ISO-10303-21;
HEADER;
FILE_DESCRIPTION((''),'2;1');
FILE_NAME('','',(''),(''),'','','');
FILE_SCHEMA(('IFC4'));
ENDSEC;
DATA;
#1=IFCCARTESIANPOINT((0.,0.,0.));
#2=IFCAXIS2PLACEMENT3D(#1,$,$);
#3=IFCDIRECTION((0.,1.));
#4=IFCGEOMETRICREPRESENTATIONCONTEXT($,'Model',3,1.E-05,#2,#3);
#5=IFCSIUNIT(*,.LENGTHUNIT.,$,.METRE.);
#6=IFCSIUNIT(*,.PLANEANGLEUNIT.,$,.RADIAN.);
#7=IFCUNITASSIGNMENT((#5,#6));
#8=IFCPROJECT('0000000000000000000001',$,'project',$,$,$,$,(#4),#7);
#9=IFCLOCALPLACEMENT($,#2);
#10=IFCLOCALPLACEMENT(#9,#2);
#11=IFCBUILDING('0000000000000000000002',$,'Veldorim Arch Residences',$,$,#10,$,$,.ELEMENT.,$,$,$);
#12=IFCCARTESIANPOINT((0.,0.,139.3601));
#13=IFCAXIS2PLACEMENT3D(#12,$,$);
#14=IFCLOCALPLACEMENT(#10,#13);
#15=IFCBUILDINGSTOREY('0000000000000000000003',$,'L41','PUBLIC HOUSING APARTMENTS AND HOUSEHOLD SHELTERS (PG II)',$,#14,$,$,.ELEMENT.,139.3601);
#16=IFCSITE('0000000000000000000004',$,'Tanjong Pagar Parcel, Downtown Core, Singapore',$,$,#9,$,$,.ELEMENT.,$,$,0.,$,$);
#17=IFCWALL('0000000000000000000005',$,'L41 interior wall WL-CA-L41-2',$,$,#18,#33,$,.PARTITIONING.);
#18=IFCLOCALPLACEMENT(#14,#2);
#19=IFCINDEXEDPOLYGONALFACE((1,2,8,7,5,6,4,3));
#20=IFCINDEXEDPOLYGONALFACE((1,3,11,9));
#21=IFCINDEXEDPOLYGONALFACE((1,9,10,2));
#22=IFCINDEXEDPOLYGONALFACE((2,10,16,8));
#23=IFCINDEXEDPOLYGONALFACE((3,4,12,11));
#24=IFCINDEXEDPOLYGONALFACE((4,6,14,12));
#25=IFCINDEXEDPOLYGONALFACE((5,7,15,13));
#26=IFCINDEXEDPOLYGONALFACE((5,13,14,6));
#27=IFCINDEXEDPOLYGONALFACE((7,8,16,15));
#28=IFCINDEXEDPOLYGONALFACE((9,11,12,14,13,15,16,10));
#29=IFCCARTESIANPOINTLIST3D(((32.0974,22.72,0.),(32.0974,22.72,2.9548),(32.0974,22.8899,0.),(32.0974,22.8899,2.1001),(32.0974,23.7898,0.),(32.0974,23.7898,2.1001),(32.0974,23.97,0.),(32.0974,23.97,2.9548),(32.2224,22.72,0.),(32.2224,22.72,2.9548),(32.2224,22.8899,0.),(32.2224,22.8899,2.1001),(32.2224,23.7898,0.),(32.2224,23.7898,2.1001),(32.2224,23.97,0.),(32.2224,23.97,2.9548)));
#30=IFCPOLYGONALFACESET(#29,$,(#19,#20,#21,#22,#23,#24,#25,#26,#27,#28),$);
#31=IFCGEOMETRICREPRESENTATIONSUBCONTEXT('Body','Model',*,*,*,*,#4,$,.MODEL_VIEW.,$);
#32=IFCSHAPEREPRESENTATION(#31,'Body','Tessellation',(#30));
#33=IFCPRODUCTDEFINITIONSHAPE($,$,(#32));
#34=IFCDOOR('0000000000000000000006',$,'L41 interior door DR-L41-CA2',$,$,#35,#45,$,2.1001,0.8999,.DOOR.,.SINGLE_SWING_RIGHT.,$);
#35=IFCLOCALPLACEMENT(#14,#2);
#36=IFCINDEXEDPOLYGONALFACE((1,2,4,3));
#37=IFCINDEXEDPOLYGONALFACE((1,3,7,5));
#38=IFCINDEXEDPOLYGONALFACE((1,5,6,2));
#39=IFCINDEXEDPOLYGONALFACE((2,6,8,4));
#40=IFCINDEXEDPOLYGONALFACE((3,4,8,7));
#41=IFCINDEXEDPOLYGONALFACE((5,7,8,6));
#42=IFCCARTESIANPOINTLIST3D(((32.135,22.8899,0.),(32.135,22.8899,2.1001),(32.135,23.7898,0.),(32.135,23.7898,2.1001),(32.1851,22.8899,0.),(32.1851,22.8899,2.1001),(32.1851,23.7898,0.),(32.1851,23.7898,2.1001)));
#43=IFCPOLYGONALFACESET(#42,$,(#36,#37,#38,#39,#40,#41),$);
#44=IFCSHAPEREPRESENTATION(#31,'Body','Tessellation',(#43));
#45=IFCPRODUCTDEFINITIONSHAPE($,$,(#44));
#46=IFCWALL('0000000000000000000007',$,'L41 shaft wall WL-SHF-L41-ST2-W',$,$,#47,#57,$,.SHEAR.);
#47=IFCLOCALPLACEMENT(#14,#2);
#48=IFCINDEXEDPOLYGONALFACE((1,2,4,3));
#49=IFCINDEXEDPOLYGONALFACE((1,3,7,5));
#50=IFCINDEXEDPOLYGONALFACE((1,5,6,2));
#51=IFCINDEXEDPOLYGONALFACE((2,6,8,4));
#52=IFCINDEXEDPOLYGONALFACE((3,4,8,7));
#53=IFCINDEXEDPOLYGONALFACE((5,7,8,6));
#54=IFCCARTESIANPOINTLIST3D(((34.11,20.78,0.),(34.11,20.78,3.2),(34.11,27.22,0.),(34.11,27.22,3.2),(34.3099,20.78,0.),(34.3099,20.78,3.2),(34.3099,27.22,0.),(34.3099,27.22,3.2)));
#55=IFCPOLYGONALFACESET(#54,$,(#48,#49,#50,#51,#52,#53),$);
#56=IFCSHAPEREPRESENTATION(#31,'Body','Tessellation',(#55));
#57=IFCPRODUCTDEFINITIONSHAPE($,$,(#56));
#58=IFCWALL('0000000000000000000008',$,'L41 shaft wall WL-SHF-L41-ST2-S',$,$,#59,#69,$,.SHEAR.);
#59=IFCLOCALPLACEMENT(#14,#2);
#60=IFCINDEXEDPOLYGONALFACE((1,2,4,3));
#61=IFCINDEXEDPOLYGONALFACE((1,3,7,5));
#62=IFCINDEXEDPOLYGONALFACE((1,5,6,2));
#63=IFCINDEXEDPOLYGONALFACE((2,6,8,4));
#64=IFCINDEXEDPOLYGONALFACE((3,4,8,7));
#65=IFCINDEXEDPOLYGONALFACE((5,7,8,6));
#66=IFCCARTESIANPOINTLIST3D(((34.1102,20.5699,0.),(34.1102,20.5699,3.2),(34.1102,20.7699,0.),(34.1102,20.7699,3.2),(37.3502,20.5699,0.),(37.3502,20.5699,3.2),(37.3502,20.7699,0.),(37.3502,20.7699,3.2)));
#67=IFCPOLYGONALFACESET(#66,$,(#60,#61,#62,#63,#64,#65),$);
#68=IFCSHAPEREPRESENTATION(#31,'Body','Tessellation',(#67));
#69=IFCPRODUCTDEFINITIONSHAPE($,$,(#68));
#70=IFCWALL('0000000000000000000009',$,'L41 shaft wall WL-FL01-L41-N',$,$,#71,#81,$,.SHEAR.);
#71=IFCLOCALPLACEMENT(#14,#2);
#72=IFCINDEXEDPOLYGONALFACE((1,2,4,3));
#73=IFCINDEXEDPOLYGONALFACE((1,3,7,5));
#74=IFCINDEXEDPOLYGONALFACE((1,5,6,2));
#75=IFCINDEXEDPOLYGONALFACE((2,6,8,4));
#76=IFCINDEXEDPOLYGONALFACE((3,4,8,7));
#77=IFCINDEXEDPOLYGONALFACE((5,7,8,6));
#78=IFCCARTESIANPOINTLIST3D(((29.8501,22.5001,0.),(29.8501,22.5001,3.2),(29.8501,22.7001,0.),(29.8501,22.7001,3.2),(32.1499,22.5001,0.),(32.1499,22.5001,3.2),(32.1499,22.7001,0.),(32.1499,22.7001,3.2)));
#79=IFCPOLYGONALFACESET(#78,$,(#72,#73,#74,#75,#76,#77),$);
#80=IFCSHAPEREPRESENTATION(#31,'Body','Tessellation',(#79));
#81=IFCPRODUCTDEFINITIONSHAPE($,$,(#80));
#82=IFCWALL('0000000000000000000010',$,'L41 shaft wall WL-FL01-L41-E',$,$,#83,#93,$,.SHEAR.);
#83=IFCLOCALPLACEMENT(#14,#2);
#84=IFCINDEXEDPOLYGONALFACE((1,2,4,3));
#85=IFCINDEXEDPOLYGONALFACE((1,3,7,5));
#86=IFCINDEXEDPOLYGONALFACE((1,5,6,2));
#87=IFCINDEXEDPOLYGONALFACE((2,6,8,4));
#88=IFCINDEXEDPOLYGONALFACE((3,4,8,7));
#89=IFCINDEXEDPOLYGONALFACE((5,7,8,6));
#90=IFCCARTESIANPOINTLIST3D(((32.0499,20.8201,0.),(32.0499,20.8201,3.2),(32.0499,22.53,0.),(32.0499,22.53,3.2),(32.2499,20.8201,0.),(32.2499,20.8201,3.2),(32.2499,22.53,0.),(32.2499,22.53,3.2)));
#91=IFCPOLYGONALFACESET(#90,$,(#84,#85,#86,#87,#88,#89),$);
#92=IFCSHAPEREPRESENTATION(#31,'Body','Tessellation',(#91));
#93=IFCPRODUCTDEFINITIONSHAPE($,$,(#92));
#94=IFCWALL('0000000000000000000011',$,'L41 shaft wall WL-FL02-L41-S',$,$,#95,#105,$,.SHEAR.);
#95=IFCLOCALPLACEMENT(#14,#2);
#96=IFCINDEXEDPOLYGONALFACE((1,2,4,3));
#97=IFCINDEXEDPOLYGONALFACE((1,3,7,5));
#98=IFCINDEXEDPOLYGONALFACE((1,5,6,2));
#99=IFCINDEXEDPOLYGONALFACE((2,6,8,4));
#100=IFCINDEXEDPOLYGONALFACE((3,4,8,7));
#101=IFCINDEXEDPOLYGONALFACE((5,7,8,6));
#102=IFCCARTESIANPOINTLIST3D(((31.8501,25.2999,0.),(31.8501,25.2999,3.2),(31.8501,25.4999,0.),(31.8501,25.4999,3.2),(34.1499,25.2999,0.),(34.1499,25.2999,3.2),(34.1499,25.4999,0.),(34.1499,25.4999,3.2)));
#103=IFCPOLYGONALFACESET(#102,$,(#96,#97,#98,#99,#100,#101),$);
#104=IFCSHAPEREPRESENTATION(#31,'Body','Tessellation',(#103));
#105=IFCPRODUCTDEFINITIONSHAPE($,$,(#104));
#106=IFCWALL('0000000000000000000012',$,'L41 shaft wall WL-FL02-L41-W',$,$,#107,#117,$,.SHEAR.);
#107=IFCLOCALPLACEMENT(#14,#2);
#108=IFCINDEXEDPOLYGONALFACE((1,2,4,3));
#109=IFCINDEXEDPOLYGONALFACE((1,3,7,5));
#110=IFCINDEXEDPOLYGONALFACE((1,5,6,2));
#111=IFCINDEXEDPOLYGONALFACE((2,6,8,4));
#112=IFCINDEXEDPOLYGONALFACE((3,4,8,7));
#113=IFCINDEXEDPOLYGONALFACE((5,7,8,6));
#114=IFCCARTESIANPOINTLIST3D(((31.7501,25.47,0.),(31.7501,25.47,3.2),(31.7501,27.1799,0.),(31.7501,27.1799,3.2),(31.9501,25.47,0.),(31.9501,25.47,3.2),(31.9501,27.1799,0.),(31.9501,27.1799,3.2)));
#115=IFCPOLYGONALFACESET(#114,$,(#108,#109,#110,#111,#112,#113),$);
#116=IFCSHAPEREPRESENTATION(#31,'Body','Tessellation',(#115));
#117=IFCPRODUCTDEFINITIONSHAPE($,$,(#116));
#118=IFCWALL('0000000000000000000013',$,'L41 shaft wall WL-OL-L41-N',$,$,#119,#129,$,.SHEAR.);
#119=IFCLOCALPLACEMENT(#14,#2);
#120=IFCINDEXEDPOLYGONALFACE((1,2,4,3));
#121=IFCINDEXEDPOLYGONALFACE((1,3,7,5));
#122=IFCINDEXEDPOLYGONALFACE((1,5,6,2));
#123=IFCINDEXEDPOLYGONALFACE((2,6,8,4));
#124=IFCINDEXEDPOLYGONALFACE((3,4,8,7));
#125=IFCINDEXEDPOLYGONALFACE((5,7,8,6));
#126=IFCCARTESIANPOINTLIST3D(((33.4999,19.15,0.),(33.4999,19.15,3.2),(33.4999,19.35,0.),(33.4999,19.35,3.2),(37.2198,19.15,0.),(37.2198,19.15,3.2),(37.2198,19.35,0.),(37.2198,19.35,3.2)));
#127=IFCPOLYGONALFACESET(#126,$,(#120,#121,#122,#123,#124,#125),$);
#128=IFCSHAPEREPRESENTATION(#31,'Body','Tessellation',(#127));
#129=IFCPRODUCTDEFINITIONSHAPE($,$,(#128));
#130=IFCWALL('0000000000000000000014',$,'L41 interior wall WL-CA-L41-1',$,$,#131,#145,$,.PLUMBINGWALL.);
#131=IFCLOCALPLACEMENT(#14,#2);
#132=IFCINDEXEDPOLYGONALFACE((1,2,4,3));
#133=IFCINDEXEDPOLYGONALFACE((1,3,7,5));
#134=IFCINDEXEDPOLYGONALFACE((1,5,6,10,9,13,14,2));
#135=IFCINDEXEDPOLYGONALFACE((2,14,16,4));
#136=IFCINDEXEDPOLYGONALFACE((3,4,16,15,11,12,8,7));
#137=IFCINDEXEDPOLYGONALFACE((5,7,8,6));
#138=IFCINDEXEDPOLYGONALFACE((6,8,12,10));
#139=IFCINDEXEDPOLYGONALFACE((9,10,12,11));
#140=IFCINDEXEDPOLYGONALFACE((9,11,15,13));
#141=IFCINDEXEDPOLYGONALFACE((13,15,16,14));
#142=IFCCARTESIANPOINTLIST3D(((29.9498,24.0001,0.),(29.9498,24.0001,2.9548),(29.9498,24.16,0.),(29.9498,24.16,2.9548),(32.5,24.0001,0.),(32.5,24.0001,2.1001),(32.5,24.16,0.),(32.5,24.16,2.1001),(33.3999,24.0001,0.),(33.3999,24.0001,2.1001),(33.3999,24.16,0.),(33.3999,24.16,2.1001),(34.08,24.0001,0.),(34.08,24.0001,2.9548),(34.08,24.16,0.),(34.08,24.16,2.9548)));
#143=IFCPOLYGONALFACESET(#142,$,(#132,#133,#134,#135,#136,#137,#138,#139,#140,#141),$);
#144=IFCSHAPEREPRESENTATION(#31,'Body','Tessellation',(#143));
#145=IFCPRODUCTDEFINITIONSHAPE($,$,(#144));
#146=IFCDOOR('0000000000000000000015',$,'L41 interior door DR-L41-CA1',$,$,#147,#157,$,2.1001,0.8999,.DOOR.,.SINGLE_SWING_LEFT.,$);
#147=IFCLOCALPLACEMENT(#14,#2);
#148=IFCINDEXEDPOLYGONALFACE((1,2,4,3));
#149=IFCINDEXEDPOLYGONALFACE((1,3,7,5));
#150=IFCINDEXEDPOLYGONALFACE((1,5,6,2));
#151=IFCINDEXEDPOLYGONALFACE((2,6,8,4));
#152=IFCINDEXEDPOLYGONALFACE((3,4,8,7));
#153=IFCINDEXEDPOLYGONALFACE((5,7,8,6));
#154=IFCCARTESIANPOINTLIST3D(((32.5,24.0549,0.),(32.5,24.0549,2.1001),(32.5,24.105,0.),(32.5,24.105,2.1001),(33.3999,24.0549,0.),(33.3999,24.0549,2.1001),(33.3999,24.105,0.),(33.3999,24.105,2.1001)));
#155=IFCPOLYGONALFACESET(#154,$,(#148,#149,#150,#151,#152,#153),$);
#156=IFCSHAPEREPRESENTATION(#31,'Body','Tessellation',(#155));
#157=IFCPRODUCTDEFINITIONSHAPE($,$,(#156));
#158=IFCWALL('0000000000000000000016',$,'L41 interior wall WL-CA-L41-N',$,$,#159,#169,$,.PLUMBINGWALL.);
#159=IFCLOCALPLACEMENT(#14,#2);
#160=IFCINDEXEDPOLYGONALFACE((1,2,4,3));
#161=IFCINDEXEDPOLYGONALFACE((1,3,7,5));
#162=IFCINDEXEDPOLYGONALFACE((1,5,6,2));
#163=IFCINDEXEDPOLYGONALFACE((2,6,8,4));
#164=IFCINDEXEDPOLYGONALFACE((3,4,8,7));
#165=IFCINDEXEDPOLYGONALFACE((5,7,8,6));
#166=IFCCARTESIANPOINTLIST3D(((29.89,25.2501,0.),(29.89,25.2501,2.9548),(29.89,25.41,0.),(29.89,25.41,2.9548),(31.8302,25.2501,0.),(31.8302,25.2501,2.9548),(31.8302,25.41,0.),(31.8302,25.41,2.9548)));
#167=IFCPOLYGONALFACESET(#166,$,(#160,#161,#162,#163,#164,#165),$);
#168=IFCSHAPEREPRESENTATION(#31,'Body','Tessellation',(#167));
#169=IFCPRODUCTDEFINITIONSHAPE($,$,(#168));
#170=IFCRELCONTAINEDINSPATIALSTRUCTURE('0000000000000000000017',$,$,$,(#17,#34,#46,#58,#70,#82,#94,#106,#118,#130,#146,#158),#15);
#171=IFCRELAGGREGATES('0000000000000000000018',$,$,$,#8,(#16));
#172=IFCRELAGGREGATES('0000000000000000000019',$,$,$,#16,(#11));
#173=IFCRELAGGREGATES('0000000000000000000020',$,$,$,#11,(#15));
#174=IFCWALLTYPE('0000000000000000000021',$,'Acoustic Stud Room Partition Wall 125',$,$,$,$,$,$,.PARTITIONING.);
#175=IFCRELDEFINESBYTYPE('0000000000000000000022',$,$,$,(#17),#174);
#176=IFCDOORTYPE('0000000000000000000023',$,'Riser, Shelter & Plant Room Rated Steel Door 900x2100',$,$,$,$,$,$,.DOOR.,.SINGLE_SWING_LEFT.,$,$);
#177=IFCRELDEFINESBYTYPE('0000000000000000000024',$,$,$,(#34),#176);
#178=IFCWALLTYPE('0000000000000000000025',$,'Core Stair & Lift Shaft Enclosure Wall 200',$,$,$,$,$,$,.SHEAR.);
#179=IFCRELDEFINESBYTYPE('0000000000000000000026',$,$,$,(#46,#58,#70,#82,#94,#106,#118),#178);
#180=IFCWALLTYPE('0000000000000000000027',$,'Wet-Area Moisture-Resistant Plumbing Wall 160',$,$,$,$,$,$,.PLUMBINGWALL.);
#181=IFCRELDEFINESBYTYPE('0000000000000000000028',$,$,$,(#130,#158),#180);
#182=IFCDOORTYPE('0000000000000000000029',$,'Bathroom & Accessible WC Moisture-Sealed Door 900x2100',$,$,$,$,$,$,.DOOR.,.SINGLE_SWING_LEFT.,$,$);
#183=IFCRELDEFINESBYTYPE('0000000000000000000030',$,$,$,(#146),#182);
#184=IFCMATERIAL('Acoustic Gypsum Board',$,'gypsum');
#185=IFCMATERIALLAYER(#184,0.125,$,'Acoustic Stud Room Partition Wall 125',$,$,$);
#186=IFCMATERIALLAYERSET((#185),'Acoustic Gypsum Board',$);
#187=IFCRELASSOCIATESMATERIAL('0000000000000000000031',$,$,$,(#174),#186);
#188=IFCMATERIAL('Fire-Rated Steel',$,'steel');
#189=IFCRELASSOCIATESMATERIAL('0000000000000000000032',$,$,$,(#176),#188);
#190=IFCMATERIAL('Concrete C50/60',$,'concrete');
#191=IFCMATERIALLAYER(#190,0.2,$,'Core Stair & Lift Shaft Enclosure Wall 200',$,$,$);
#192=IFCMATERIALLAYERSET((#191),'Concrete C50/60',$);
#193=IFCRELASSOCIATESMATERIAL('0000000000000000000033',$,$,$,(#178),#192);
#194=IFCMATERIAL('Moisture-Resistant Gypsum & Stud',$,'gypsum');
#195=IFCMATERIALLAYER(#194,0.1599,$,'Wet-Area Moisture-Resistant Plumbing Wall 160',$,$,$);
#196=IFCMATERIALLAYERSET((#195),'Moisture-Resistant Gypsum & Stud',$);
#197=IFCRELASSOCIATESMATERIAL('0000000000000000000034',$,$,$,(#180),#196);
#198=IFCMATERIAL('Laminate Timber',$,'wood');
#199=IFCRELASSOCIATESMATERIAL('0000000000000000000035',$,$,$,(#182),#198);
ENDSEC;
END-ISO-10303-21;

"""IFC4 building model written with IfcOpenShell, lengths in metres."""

from ifc_helpers import new_model, si_unit, direction, frame, frame_2d, origin, place, context, subcontext, project, spatial, rectangle, extrude, material, layer, layer_set, type_object, element, fill, save


model = new_model("IFC4")

# Units and contexts
model_context = context("Model", 3, precision=1e-05, world=origin(), true_north=direction((0.0, 1.0)))
body_context = subcontext(model_context, "Body", "Model", "MODEL_VIEW")
ifc_project = project(units=[si_unit("LENGTHUNIT", "METRE"), si_unit("PLANEANGLEUNIT", "RADIAN")], contexts=[model_context])

# Site, building, storey
site_placement = place(None, origin())
site = spatial("IfcSite", under=ifc_project, at=site_placement, Name="Tanjong Pagar Parcel, Downtown Core, Singapore", CompositionType="ELEMENT", RefElevation=0.0)
building_placement = place(site_placement, origin())
building = spatial("IfcBuilding", under=site, at=building_placement, Name="Veldorim Arch Residences", CompositionType="ELEMENT")
storey_placement = place(building_placement, frame((0.0, 0.0, 139.3601)))
storey = spatial("IfcBuildingStorey", under=building, at=storey_placement, Name="L41", Description="PUBLIC HOUSING APARTMENTS AND HOUSEHOLD SHELTERS (PG II)", CompositionType="ELEMENT", Elevation=139.3601)

# Wall, opening, door
ifc_material_1 = material(Name="Acoustic Gypsum Board", Category="gypsum")
ifc_layer_1 = layer(ifc_material_1, 0.125, Name="Acoustic Stud Room Partition Wall 125")
ifc_layer_set_1 = layer_set([ifc_layer_1], Name="Acoustic Gypsum Board")
wall_type_1 = type_object("IfcWallType", Name="Acoustic Stud Room Partition Wall 125", PredefinedType="PARTITIONING", material=ifc_layer_set_1)
wall_1_placement = place(storey_placement, frame((32.1599, 22.72, 0.0), z_axis=(0.0, 0.0, 1.0), x_axis=(0.0, 1.0, 0.0)))
wall_1 = element("IfcWall", 1, at=wall_1_placement, inside=storey, type_object=wall_type_1, Name="L41 interior wall WL-CA-L41-2", PredefinedType="PARTITIONING", context=body_context, shape_type="SweptSolid", body=[
    extrude(rectangle(XDim=1.25, YDim=0.125, at=frame_2d((0.625, 0.0))), origin(), (0.0, 0.0, 1.0), 2.9548),
])
opening_1_placement = place(wall_1_placement, frame((0.1699, 0.0, 0.0)))
opening_1 = element("IfcOpeningElement", 2, at=opening_1_placement, cuts=wall_1, PredefinedType="OPENING", context=body_context, shape_type="SweptSolid", body=[
    extrude(rectangle(XDim=0.8999, YDim=2.1001, at=frame_2d((0.45, 1.05))), frame((0.0, 0.0725, 0.0), z_axis=(0.0, -1.0, 0.0), x_axis=(1.0, 0.0, 0.0)), (0.0, 0.0, 1.0), 0.145),
])
ifc_material_2 = material(Name="Fire-Rated Steel", Category="steel")
door_type_1 = type_object("IfcDoorType", Name="Riser, Shelter & Plant Room Rated Steel Door 900x2100", OperationType="SINGLE_SWING_LEFT", PredefinedType="DOOR", material=ifc_material_2)
door_1_placement = place(opening_1_placement, origin())
door_1 = element("IfcDoor", 3, at=door_1_placement, inside=storey, type_object=door_type_1, Name="L41 interior door DR-L41-CA2", OperationType="SINGLE_SWING_RIGHT", OverallHeight=2.1001, OverallWidth=0.8999, PredefinedType="DOOR", context=body_context, shape_type="SweptSolid", body=[
    extrude(rectangle(XDim=0.8999, YDim=2.1001, at=frame_2d((0.45, 1.05))), frame((0.0, 0.0249, 0.0), z_axis=(0.0, -1.0, 0.0), x_axis=(1.0, 0.0, 0.0)), (0.0, 0.0, 1.0), 0.05),
])
fill(opening_1, door_1)

# Walls
ifc_material_3 = material(Name="Concrete C50/60", Category="concrete")
ifc_layer_2 = layer(ifc_material_3, 0.2, Name="Core Stair & Lift Shaft Enclosure Wall 200")
ifc_layer_set_2 = layer_set([ifc_layer_2], Name="Concrete C50/60")
wall_type_2 = type_object("IfcWallType", Name="Core Stair & Lift Shaft Enclosure Wall 200", PredefinedType="SHEAR", material=ifc_layer_set_2)
wall_2_placement = place(storey_placement, frame((34.21, 20.78, 0.0), z_axis=(0.0, 0.0, 1.0), x_axis=(0.0, 1.0, 0.0)))
element("IfcWall", 4, at=wall_2_placement, inside=storey, type_object=wall_type_2, Name="L41 shaft wall WL-SHF-L41-ST2-W", PredefinedType="SHEAR", context=body_context, shape_type="SweptSolid", body=[
    extrude(rectangle(XDim=6.4399, YDim=0.2, at=frame_2d((3.22, 0.0))), origin(), (0.0, 0.0, 1.0), 3.2),
])
wall_3_placement = place(storey_placement, frame((34.1101, 20.6699, 0.0), z_axis=(0.0, 0.0, 1.0), x_axis=(1.0, 0.0, 0.0)))
element("IfcWall", 5, at=wall_3_placement, inside=storey, type_object=wall_type_2, Name="L41 shaft wall WL-SHF-L41-ST2-S", PredefinedType="SHEAR", context=body_context, shape_type="SweptSolid", body=[
    extrude(rectangle(XDim=3.24, YDim=0.2, at=frame_2d((1.6201, 0.0))), origin(), (0.0, 0.0, 1.0), 3.2),
])
wall_4_placement = place(storey_placement, frame((29.8501, 22.6001, 0.0), z_axis=(0.0, 0.0, 1.0), x_axis=(1.0, 0.0, 0.0)))
element("IfcWall", 6, at=wall_4_placement, inside=storey, type_object=wall_type_2, Name="L41 shaft wall WL-FL01-L41-N", PredefinedType="SHEAR", context=body_context, shape_type="SweptSolid", body=[
    extrude(rectangle(XDim=2.2998, YDim=0.2, at=frame_2d((1.1499, 0.0))), origin(), (0.0, 0.0, 1.0), 3.2),
])
wall_5_placement = place(storey_placement, frame((32.1499, 20.8201, 0.0), z_axis=(0.0, 0.0, 1.0), x_axis=(0.0, 1.0, 0.0)))
element("IfcWall", 7, at=wall_5_placement, inside=storey, type_object=wall_type_2, Name="L41 shaft wall WL-FL01-L41-E", PredefinedType="SHEAR", context=body_context, shape_type="SweptSolid", body=[
    extrude(rectangle(XDim=1.71, YDim=0.2, at=frame_2d((0.855, 0.0))), origin(), (0.0, 0.0, 1.0), 3.2),
])
wall_6_placement = place(storey_placement, frame((31.8501, 25.3999, 0.0), z_axis=(0.0, 0.0, 1.0), x_axis=(1.0, 0.0, 0.0)))
element("IfcWall", 8, at=wall_6_placement, inside=storey, type_object=wall_type_2, Name="L41 shaft wall WL-FL02-L41-S", PredefinedType="SHEAR", context=body_context, shape_type="SweptSolid", body=[
    extrude(rectangle(XDim=2.2998, YDim=0.2, at=frame_2d((1.1499, 0.0))), origin(), (0.0, 0.0, 1.0), 3.2),
])
wall_7_placement = place(storey_placement, frame((31.8501, 25.47, 0.0), z_axis=(0.0, 0.0, 1.0), x_axis=(0.0, 1.0, 0.0)))
element("IfcWall", 9, at=wall_7_placement, inside=storey, type_object=wall_type_2, Name="L41 shaft wall WL-FL02-L41-W", PredefinedType="SHEAR", context=body_context, shape_type="SweptSolid", body=[
    extrude(rectangle(XDim=1.71, YDim=0.2, at=frame_2d((0.855, 0.0))), origin(), (0.0, 0.0, 1.0), 3.2),
])
wall_8_placement = place(storey_placement, frame((33.5, 19.25, 0.0), z_axis=(0.0, 0.0, 1.0), x_axis=(1.0, 0.0, 0.0)))
element("IfcWall", 10, at=wall_8_placement, inside=storey, type_object=wall_type_2, Name="L41 shaft wall WL-OL-L41-N", PredefinedType="SHEAR", context=body_context, shape_type="SweptSolid", body=[
    extrude(rectangle(XDim=3.72, YDim=0.2, at=frame_2d((1.8599, 0.0))), origin(), (0.0, 0.0, 1.0), 3.2),
])

# Wall, opening, door
ifc_material_4 = material(Name="Moisture-Resistant Gypsum & Stud", Category="gypsum")
ifc_layer_3 = layer(ifc_material_4, 0.1599, Name="Wet-Area Moisture-Resistant Plumbing Wall 160")
ifc_layer_set_3 = layer_set([ifc_layer_3], Name="Moisture-Resistant Gypsum & Stud")
wall_type_3 = type_object("IfcWallType", Name="Wet-Area Moisture-Resistant Plumbing Wall 160", PredefinedType="PLUMBINGWALL", material=ifc_layer_set_3)
wall_9_placement = place(storey_placement, frame((29.95, 24.0801, 0.0), z_axis=(0.0, 0.0, 1.0), x_axis=(1.0, 0.0, 0.0)))
wall_9 = element("IfcWall", 11, at=wall_9_placement, inside=storey, type_object=wall_type_3, Name="L41 interior wall WL-CA-L41-1", PredefinedType="PLUMBINGWALL", context=body_context, shape_type="SweptSolid", body=[
    extrude(rectangle(XDim=4.1301, YDim=0.1599, at=frame_2d((2.0649, 0.0))), origin(), (0.0, 0.0, 1.0), 2.9548),
])
opening_2_placement = place(wall_9_placement, frame((2.55, 0.0, 0.0)))
opening_2 = element("IfcOpeningElement", 12, at=opening_2_placement, cuts=wall_9, PredefinedType="OPENING", context=body_context, shape_type="SweptSolid", body=[
    extrude(rectangle(XDim=0.8999, YDim=2.1001, at=frame_2d((0.45, 1.05))), frame((0.0, 0.0898, 0.0), z_axis=(0.0, -1.0, 0.0), x_axis=(1.0, 0.0, 0.0)), (0.0, 0.0, 1.0), 0.1799),
])
ifc_material_5 = material(Name="Laminate Timber", Category="wood")
door_type_2 = type_object("IfcDoorType", Name="Bathroom & Accessible WC Moisture-Sealed Door 900x2100", OperationType="SINGLE_SWING_LEFT", PredefinedType="DOOR", material=ifc_material_5)
door_2_placement = place(opening_2_placement, origin())
door_2 = element("IfcDoor", 13, at=door_2_placement, inside=storey, type_object=door_type_2, Name="L41 interior door DR-L41-CA1", OperationType="SINGLE_SWING_LEFT", OverallHeight=2.1001, OverallWidth=0.8999, PredefinedType="DOOR", context=body_context, shape_type="SweptSolid", body=[
    extrude(rectangle(XDim=0.8999, YDim=2.1001, at=frame_2d((0.45, 1.05))), frame((0.0, 0.0249, 0.0), z_axis=(0.0, -1.0, 0.0), x_axis=(1.0, 0.0, 0.0)), (0.0, 0.0, 1.0), 0.05),
])
fill(opening_2, door_2)

# Wall
wall_10_placement = place(storey_placement, frame((29.8899, 25.3301, 0.0), z_axis=(0.0, 0.0, 1.0), x_axis=(1.0, 0.0, 0.0)))
element("IfcWall", 14, at=wall_10_placement, inside=storey, type_object=wall_type_3, Name="L41 interior wall WL-CA-L41-N", PredefinedType="PLUMBINGWALL", context=body_context, shape_type="SweptSolid", body=[
    extrude(rectangle(XDim=1.9402, YDim=0.1599, at=frame_2d((0.9702, 0.0))), origin(), (0.0, 0.0, 1.0), 2.9548),
])

save(model, "model.ifc")
